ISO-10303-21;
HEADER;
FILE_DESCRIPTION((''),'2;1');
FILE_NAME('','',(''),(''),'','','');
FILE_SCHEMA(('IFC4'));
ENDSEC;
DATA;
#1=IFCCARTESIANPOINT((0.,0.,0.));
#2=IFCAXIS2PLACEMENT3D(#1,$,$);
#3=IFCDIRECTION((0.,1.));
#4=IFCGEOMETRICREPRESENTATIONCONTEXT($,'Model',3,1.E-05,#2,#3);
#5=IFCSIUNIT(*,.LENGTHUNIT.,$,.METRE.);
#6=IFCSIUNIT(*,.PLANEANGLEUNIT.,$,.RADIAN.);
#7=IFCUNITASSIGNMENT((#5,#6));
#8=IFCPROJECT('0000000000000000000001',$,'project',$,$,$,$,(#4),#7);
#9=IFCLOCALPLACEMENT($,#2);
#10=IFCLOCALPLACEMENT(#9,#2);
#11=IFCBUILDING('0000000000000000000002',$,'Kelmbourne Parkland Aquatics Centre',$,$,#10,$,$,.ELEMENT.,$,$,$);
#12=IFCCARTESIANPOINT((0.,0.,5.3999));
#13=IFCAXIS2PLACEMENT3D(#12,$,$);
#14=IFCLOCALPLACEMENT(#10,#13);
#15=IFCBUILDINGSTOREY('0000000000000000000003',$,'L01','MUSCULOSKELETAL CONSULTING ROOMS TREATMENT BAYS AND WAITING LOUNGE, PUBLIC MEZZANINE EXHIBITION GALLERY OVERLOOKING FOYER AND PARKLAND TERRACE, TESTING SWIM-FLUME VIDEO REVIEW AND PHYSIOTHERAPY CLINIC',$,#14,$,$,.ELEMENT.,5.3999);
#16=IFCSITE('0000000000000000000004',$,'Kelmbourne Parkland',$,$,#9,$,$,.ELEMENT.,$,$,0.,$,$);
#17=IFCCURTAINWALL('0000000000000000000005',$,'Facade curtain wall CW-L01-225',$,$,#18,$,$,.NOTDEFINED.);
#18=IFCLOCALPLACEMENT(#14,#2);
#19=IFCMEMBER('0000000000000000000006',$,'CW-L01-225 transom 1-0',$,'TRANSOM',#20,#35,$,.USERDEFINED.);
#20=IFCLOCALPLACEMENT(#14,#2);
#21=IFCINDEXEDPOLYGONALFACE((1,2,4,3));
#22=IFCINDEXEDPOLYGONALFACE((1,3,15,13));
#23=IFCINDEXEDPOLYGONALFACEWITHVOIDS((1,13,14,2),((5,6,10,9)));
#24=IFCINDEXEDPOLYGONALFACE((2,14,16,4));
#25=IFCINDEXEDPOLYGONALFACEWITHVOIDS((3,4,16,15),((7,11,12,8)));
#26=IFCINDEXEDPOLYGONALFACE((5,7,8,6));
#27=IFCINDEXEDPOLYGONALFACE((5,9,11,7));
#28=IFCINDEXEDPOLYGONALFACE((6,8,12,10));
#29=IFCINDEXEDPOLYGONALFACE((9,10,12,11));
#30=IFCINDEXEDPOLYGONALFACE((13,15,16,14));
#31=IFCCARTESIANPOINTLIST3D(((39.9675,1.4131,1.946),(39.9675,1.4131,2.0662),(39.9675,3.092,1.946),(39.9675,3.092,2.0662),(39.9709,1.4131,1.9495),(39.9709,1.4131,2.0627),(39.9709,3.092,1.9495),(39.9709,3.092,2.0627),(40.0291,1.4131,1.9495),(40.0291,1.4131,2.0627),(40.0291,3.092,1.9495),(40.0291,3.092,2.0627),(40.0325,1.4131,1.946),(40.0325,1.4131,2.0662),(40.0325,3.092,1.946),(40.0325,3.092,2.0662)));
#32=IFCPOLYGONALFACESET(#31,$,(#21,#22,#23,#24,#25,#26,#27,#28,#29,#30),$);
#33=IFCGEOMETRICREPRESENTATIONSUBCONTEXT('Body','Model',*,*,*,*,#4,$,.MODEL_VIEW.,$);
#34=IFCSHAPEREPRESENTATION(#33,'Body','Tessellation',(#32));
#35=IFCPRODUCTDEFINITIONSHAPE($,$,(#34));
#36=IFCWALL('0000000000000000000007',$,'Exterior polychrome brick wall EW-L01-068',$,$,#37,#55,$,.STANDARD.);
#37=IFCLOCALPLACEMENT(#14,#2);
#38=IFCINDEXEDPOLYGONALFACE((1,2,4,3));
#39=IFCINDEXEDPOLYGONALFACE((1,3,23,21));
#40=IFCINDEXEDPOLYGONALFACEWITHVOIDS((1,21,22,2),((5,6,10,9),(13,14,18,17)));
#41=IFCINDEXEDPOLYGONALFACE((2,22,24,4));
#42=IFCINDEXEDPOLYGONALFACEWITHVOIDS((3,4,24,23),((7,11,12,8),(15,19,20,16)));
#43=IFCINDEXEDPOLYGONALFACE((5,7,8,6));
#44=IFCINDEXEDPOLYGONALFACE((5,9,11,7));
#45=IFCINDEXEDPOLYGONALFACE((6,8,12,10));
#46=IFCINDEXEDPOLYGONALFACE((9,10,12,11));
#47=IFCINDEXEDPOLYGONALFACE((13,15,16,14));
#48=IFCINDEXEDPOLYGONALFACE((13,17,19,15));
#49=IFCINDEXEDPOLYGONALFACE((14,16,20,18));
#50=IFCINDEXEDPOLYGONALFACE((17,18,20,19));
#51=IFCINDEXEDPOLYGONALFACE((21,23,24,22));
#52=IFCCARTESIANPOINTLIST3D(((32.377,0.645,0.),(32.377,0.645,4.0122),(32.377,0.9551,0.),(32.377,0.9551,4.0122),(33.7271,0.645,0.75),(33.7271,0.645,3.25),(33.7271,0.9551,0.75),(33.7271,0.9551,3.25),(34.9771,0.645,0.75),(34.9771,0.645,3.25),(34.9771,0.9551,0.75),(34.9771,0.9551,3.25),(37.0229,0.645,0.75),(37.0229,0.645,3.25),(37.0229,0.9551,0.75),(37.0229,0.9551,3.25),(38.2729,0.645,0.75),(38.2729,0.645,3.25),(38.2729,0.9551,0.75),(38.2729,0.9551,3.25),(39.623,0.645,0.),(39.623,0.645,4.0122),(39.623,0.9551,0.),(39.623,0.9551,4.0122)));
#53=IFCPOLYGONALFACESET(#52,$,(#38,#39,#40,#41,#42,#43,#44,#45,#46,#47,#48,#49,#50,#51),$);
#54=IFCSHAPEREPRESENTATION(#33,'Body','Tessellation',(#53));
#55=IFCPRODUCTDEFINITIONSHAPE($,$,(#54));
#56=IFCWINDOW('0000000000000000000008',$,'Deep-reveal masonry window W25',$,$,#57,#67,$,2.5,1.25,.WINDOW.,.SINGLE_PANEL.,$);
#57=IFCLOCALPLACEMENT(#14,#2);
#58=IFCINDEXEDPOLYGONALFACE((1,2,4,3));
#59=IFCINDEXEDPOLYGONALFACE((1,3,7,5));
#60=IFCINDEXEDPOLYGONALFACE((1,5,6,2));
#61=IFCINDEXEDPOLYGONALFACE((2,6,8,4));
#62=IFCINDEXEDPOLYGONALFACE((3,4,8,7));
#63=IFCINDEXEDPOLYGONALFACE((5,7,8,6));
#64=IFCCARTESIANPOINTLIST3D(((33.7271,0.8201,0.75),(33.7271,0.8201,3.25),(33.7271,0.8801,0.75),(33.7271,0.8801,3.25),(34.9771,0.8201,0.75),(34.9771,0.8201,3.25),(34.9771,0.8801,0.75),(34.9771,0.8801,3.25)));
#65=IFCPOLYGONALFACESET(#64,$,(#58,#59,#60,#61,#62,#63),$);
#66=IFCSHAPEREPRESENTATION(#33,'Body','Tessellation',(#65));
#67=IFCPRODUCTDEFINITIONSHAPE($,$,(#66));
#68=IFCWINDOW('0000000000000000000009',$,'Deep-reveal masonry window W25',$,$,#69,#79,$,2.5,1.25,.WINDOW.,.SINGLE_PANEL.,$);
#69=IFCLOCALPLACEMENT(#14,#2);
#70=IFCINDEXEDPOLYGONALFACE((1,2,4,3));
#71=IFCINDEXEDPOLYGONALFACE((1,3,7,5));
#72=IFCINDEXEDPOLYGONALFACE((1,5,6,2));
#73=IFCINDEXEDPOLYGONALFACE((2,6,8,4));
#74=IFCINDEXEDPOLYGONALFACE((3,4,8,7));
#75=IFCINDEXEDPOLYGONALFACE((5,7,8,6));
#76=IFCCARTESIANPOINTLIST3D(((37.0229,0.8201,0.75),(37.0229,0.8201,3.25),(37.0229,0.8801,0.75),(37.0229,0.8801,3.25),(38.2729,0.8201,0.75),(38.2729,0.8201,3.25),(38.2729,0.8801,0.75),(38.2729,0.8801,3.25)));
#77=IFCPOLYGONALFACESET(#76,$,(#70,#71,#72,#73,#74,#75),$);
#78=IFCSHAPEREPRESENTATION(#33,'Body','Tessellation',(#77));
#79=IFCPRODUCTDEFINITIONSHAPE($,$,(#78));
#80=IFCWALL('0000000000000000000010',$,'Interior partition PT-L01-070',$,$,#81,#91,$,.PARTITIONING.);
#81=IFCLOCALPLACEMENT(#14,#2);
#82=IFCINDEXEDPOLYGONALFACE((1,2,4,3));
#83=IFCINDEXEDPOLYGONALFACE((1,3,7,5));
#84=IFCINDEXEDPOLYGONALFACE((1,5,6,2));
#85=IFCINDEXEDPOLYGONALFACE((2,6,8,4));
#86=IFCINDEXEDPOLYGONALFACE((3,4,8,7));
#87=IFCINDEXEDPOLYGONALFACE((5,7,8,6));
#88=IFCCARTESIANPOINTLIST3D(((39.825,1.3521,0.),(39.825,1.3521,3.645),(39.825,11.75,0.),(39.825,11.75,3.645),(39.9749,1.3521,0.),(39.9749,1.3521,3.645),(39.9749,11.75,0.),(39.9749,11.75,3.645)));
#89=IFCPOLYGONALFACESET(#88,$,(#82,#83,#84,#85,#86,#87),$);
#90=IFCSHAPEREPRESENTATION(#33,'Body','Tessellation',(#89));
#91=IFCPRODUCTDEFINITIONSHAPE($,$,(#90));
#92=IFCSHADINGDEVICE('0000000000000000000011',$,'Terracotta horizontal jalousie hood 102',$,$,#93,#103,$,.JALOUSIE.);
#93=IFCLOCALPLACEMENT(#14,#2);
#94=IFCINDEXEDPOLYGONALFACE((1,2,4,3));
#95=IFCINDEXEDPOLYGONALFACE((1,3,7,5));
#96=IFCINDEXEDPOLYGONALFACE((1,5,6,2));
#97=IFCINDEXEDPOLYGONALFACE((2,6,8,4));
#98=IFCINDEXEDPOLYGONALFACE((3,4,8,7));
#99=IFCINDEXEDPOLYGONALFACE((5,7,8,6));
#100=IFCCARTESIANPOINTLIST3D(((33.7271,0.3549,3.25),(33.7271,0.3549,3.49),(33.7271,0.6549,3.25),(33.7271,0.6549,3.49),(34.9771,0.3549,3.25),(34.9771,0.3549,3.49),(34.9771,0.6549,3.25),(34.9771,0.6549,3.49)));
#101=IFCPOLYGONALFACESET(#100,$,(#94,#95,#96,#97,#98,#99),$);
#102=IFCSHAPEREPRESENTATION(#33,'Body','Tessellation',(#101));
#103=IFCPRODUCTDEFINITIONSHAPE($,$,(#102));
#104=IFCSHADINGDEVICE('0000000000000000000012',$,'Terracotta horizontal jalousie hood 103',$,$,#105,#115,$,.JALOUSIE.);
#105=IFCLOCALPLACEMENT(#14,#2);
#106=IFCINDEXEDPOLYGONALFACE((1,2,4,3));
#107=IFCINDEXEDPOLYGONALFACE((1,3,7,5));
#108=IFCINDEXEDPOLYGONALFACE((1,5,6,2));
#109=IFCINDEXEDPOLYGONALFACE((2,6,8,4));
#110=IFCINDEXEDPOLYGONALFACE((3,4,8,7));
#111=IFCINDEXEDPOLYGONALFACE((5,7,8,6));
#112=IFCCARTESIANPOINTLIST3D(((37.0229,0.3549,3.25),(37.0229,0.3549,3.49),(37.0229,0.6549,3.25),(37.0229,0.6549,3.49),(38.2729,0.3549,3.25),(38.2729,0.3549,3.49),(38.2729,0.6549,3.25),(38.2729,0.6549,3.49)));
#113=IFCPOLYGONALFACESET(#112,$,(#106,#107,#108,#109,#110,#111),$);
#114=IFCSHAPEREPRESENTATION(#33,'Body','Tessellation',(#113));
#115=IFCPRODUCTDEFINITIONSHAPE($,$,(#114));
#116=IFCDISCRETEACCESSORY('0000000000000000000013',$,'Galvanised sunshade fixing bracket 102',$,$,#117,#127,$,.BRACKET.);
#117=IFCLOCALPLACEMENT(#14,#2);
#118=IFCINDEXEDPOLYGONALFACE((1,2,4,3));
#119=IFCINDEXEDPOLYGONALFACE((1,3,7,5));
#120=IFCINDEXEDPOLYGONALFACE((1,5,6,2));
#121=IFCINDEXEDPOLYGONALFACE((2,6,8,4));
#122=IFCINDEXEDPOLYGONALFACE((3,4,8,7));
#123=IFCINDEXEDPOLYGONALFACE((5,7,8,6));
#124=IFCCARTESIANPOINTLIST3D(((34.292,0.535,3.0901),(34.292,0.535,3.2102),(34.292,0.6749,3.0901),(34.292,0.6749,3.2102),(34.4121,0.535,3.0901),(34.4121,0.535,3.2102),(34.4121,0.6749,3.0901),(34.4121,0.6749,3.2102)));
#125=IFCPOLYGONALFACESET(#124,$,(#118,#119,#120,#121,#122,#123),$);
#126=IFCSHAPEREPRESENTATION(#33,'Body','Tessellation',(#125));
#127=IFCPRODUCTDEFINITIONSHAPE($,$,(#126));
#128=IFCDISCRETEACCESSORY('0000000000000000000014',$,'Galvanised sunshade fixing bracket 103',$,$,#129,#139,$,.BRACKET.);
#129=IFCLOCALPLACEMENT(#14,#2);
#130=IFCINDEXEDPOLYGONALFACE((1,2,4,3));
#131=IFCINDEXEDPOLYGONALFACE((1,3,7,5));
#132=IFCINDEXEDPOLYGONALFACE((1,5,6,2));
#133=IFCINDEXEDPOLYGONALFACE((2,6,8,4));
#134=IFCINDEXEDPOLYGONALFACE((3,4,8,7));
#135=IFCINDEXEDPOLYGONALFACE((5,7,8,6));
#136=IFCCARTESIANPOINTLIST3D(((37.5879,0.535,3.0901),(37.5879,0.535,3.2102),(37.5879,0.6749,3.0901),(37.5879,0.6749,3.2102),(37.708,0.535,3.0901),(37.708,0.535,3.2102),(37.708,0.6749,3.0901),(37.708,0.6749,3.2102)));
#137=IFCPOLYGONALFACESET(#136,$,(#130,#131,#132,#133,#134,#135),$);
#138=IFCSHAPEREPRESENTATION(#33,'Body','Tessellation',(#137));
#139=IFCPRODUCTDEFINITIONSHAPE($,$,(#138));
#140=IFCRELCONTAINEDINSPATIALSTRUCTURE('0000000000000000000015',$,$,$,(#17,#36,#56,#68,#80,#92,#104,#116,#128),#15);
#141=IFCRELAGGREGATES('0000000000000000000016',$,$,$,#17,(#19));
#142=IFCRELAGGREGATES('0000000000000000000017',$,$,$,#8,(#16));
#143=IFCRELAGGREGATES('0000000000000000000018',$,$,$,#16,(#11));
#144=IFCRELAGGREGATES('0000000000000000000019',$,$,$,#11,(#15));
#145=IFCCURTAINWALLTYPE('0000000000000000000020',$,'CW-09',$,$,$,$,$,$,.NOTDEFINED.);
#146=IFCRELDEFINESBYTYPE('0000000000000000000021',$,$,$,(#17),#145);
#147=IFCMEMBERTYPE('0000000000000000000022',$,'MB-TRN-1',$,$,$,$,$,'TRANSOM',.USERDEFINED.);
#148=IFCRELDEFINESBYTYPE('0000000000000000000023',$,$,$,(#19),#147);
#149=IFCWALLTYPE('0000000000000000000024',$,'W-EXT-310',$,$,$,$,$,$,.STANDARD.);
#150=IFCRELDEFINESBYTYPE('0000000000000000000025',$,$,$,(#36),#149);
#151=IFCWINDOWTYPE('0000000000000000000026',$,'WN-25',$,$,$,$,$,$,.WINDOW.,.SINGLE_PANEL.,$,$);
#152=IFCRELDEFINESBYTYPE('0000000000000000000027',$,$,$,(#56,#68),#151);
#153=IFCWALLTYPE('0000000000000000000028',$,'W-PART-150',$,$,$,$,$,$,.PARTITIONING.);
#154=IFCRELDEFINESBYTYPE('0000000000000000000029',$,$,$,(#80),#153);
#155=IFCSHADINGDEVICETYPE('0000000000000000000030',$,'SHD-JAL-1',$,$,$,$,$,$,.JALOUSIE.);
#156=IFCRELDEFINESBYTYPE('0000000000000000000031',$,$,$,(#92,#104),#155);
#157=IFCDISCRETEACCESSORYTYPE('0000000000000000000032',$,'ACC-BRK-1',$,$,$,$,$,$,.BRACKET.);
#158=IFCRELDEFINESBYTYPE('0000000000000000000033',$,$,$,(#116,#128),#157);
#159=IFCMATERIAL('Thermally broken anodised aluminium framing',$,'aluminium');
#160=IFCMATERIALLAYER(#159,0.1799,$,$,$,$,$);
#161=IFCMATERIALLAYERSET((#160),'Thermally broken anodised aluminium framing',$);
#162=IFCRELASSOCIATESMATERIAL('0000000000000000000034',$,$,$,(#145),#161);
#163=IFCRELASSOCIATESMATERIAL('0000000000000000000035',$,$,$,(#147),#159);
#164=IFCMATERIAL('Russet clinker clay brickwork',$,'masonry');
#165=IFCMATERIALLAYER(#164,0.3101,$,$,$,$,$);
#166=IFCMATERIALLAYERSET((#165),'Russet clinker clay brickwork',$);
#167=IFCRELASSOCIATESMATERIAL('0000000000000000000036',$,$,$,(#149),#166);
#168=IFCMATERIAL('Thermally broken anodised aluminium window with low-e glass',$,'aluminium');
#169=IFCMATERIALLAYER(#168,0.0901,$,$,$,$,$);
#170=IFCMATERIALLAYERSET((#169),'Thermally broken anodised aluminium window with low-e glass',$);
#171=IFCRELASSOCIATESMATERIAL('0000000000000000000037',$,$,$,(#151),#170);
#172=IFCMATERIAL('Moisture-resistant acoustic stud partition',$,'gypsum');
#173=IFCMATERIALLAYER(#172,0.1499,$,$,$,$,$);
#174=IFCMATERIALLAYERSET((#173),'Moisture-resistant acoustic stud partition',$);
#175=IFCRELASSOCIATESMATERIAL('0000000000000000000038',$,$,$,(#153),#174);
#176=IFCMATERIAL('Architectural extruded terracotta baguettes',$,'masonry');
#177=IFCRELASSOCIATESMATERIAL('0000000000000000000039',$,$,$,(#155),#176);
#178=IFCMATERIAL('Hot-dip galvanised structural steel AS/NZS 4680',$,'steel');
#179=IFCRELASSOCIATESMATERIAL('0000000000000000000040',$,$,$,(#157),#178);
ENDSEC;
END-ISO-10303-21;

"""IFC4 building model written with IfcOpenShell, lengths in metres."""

from ifc_helpers import new_model, si_unit, direction, frame, frame_2d, origin, origin_2d, place, context, subcontext, project, spatial, rectangle, hollow_rectangle, extrude, material, layer, layer_set, material_profile, profile_set, type_object, element, fill, aggregate, save


model = new_model("IFC4")

# Units and contexts
model_context = context("Model", 3, precision=1e-05, world=origin(), true_north=direction((0.0, 1.0)))
body_context = subcontext(model_context, "Body", "Model", "MODEL_VIEW")
ifc_project = project(units=[si_unit("LENGTHUNIT", "METRE"), si_unit("PLANEANGLEUNIT", "RADIAN")], contexts=[model_context])

# Site, building, storey
site_placement = place(None, origin())
site = spatial("IfcSite", under=ifc_project, at=site_placement, Name="Kelmbourne Parkland", CompositionType="ELEMENT", RefElevation=0.0)
building_placement = place(site_placement, origin())
building = spatial("IfcBuilding", under=site, at=building_placement, Name="Kelmbourne Parkland Aquatics Centre", CompositionType="ELEMENT")
storey_placement = place(building_placement, frame((0.0, 0.0, 5.3999)))
storey = spatial("IfcBuildingStorey", under=building, at=storey_placement, Name="L01", Description="MUSCULOSKELETAL CONSULTING ROOMS TREATMENT BAYS AND WAITING LOUNGE, PUBLIC MEZZANINE EXHIBITION GALLERY OVERLOOKING FOYER AND PARKLAND TERRACE, TESTING SWIM-FLUME VIDEO REVIEW AND PHYSIOTHERAPY CLINIC", CompositionType="ELEMENT", Elevation=5.3999)

# Curtain wall, member
ifc_material_1 = material(Name="Thermally broken anodised aluminium framing", Category="aluminium")
ifc_layer_1 = layer(ifc_material_1, 0.1799)
ifc_layer_set_1 = layer_set([ifc_layer_1], Name="Thermally broken anodised aluminium framing")
curtain_wall_type = type_object("IfcCurtainWallType", Name="CW-09", PredefinedType="NOTDEFINED", material=ifc_layer_set_1)
curtain_wall_placement = place(storey_placement, origin())
curtain_wall = element("IfcCurtainWall", 1, at=curtain_wall_placement, inside=storey, type_object=curtain_wall_type, Name="Facade curtain wall CW-L01-225", PredefinedType="NOTDEFINED")
ifc_material_profile_1 = material_profile(ifc_material_1, hollow_rectangle(XDim=0.0649, YDim=0.1201, WallThickness=0.0034, at=origin_2d()), Name="CW-T 65x120")
ifc_profile_set_1 = profile_set([ifc_material_profile_1], Name="Thermally broken anodised aluminium framing")
member_type_1 = type_object("IfcMemberType", Name="MB-TRN-1", ElementType="TRANSOM", PredefinedType="USERDEFINED", material=ifc_profile_set_1)
member_1_placement = place(storey_placement, frame((40.0, 1.4131, 2.0061), z_axis=(0.0, 1.0, 0.0), x_axis=(-1.0, 0.0, 0.0)))
member_1 = element("IfcMember", 2, at=member_1_placement, type_object=member_type_1, Name="CW-L01-225 transom 1-0", ObjectType="TRANSOM", PredefinedType="USERDEFINED", context=body_context, shape_type="SweptSolid", body=[
    extrude(hollow_rectangle(XDim=0.0649, YDim=0.1201, WallThickness=0.0034, at=origin_2d()), origin(), (0.0, 0.0, 1.0), 1.679),
])
aggregate(curtain_wall, [member_1])

# Wall, openings, windows
ifc_material_2 = material(Name="Russet clinker clay brickwork", Category="masonry")
ifc_layer_2 = layer(ifc_material_2, 0.3101)
ifc_layer_set_2 = layer_set([ifc_layer_2], Name="Russet clinker clay brickwork")
wall_type_1 = type_object("IfcWallType", Name="W-EXT-310", PredefinedType="STANDARD", material=ifc_layer_set_2)
wall_1_placement = place(storey_placement, frame((32.377, 0.8, 0.0), z_axis=(0.0, 0.0, 1.0), x_axis=(1.0, 0.0, 0.0)))
wall_1 = element("IfcWall", 3, at=wall_1_placement, inside=storey, type_object=wall_type_1, Name="Exterior polychrome brick wall EW-L01-068", PredefinedType="STANDARD", context=body_context, shape_type="SweptSolid", body=[
    extrude(rectangle(XDim=7.2461, YDim=0.3101, at=frame_2d((3.623, 0.0))), origin(), (0.0, 0.0, 1.0), 4.0122),
])
opening_1_placement = place(wall_1_placement, frame((1.3501, 0.0, 0.75)))
opening_1 = element("IfcOpeningElement", 4, at=opening_1_placement, cuts=wall_1, PredefinedType="OPENING", context=body_context, shape_type="SweptSolid", body=[
    extrude(rectangle(XDim=1.25, YDim=2.5, at=frame_2d((0.625, 1.25))), frame((0.0, 0.167, 0.0), z_axis=(0.0, -1.0, 0.0), x_axis=(1.0, 0.0, 0.0)), (0.0, 0.0, 1.0), 0.334),
])
opening_2_placement = place(wall_1_placement, frame((4.646, 0.0, 0.75)))
opening_2 = element("IfcOpeningElement", 5, at=opening_2_placement, cuts=wall_1, PredefinedType="OPENING", context=body_context, shape_type="SweptSolid", body=[
    extrude(rectangle(XDim=1.25, YDim=2.5, at=frame_2d((0.625, 1.25))), frame((0.0, 0.167, 0.0), z_axis=(0.0, -1.0, 0.0), x_axis=(1.0, 0.0, 0.0)), (0.0, 0.0, 1.0), 0.334),
])
ifc_material_3 = material(Name="Thermally broken anodised aluminium window with low-e glass", Category="aluminium")
ifc_layer_3 = layer(ifc_material_3, 0.0901)
ifc_layer_set_3 = layer_set([ifc_layer_3], Name="Thermally broken anodised aluminium window with low-e glass")
window_type = type_object("IfcWindowType", Name="WN-25", PartitioningType="SINGLE_PANEL", PredefinedType="WINDOW", material=ifc_layer_set_3)
window_1_placement = place(opening_1_placement, origin())
window_1 = element("IfcWindow", 6, at=window_1_placement, inside=storey, type_object=window_type, Name="Deep-reveal masonry window W25", OverallHeight=2.5, OverallWidth=1.25, PartitioningType="SINGLE_PANEL", PredefinedType="WINDOW", context=body_context, shape_type="SweptSolid", body=[
    extrude(rectangle(XDim=1.25, YDim=2.5, at=frame_2d((0.625, 1.25))), frame((0.0, 0.0801, 0.0), z_axis=(0.0, -1.0, 0.0), x_axis=(1.0, 0.0, 0.0)), (0.0, 0.0, 1.0), 0.0601),
])
fill(opening_1, window_1)
window_2_placement = place(opening_2_placement, origin())
window_2 = element("IfcWindow", 7, at=window_2_placement, inside=storey, type_object=window_type, Name="Deep-reveal masonry window W25", OverallHeight=2.5, OverallWidth=1.25, PartitioningType="SINGLE_PANEL", PredefinedType="WINDOW", context=body_context, shape_type="SweptSolid", body=[
    extrude(rectangle(XDim=1.25, YDim=2.5, at=frame_2d((0.625, 1.25))), frame((0.0, 0.0801, 0.0), z_axis=(0.0, -1.0, 0.0), x_axis=(1.0, 0.0, 0.0)), (0.0, 0.0, 1.0), 0.0601),
])
fill(opening_2, window_2)

# Wall
ifc_material_4 = material(Name="Moisture-resistant acoustic stud partition", Category="gypsum")
ifc_layer_4 = layer(ifc_material_4, 0.1499)
ifc_layer_set_4 = layer_set([ifc_layer_4], Name="Moisture-resistant acoustic stud partition")
wall_type_2 = type_object("IfcWallType", Name="W-PART-150", PredefinedType="PARTITIONING", material=ifc_layer_set_4)
wall_2_placement = place(storey_placement, frame((39.8999, 1.3521, 0.0), z_axis=(0.0, 0.0, 1.0), x_axis=(0.0, 1.0, 0.0)))
element("IfcWall", 8, at=wall_2_placement, inside=storey, type_object=wall_type_2, Name="Interior partition PT-L01-070", PredefinedType="PARTITIONING", context=body_context, shape_type="SweptSolid", body=[
    extrude(rectangle(XDim=10.3979, YDim=0.1499, at=frame_2d((5.199, 0.0))), origin(), (0.0, 0.0, 1.0), 3.645),
])

# Shading devices
ifc_material_5 = material(Name="Architectural extruded terracotta baguettes", Category="masonry")
shading_device_type = type_object("IfcShadingDeviceType", Name="SHD-JAL-1", PredefinedType="JALOUSIE", material=ifc_material_5)
for number, where, z_axis, x_axis, name in (
    (9, (34.3521, 0.5049, 3.25), (0.0, 0.0, 1.0), (1.0, 0.0, 0.0), "Terracotta horizontal jalousie hood 102"),
    (10, (37.6479, 0.5049, 3.25), (0.0, 0.0, 1.0), (1.0, 0.0, 0.0), "Terracotta horizontal jalousie hood 103"),
):
    element("IfcShadingDevice", number, at=place(storey_placement, frame(where, z_axis=z_axis, x_axis=x_axis)), inside=storey, type_object=shading_device_type, Name=name, PredefinedType="JALOUSIE", context=body_context, shape_type="SweptSolid", body=[
        extrude(rectangle(XDim=1.25, YDim=0.3, at=origin_2d()), origin(), (0.0, 0.0, 1.0), 0.24),
    ])

# Discrete accessories
ifc_material_6 = material(Name="Hot-dip galvanised structural steel AS/NZS 4680", Category="steel")
discrete_accessory_type = type_object("IfcDiscreteAccessoryType", Name="ACC-BRK-1", PredefinedType="BRACKET", material=ifc_material_6)
for number, where, z_axis, x_axis, name in (
    (11, (34.3521, 0.605, 3.0901), (0.0, 0.0, 1.0), (1.0, 0.0, 0.0), "Galvanised sunshade fixing bracket 102"),
    (12, (37.6479, 0.605, 3.0901), (0.0, 0.0, 1.0), (1.0, 0.0, 0.0), "Galvanised sunshade fixing bracket 103"),
):
    element("IfcDiscreteAccessory", number, at=place(storey_placement, frame(where, z_axis=z_axis, x_axis=x_axis)), inside=storey, type_object=discrete_accessory_type, Name=name, PredefinedType="BRACKET", context=body_context, shape_type="SweptSolid", body=[
        extrude(rectangle(XDim=0.1201, YDim=0.1399, at=origin_2d()), origin(), (0.0, 0.0, 1.0), 0.1201),
    ])

save(model, "model.ifc")
